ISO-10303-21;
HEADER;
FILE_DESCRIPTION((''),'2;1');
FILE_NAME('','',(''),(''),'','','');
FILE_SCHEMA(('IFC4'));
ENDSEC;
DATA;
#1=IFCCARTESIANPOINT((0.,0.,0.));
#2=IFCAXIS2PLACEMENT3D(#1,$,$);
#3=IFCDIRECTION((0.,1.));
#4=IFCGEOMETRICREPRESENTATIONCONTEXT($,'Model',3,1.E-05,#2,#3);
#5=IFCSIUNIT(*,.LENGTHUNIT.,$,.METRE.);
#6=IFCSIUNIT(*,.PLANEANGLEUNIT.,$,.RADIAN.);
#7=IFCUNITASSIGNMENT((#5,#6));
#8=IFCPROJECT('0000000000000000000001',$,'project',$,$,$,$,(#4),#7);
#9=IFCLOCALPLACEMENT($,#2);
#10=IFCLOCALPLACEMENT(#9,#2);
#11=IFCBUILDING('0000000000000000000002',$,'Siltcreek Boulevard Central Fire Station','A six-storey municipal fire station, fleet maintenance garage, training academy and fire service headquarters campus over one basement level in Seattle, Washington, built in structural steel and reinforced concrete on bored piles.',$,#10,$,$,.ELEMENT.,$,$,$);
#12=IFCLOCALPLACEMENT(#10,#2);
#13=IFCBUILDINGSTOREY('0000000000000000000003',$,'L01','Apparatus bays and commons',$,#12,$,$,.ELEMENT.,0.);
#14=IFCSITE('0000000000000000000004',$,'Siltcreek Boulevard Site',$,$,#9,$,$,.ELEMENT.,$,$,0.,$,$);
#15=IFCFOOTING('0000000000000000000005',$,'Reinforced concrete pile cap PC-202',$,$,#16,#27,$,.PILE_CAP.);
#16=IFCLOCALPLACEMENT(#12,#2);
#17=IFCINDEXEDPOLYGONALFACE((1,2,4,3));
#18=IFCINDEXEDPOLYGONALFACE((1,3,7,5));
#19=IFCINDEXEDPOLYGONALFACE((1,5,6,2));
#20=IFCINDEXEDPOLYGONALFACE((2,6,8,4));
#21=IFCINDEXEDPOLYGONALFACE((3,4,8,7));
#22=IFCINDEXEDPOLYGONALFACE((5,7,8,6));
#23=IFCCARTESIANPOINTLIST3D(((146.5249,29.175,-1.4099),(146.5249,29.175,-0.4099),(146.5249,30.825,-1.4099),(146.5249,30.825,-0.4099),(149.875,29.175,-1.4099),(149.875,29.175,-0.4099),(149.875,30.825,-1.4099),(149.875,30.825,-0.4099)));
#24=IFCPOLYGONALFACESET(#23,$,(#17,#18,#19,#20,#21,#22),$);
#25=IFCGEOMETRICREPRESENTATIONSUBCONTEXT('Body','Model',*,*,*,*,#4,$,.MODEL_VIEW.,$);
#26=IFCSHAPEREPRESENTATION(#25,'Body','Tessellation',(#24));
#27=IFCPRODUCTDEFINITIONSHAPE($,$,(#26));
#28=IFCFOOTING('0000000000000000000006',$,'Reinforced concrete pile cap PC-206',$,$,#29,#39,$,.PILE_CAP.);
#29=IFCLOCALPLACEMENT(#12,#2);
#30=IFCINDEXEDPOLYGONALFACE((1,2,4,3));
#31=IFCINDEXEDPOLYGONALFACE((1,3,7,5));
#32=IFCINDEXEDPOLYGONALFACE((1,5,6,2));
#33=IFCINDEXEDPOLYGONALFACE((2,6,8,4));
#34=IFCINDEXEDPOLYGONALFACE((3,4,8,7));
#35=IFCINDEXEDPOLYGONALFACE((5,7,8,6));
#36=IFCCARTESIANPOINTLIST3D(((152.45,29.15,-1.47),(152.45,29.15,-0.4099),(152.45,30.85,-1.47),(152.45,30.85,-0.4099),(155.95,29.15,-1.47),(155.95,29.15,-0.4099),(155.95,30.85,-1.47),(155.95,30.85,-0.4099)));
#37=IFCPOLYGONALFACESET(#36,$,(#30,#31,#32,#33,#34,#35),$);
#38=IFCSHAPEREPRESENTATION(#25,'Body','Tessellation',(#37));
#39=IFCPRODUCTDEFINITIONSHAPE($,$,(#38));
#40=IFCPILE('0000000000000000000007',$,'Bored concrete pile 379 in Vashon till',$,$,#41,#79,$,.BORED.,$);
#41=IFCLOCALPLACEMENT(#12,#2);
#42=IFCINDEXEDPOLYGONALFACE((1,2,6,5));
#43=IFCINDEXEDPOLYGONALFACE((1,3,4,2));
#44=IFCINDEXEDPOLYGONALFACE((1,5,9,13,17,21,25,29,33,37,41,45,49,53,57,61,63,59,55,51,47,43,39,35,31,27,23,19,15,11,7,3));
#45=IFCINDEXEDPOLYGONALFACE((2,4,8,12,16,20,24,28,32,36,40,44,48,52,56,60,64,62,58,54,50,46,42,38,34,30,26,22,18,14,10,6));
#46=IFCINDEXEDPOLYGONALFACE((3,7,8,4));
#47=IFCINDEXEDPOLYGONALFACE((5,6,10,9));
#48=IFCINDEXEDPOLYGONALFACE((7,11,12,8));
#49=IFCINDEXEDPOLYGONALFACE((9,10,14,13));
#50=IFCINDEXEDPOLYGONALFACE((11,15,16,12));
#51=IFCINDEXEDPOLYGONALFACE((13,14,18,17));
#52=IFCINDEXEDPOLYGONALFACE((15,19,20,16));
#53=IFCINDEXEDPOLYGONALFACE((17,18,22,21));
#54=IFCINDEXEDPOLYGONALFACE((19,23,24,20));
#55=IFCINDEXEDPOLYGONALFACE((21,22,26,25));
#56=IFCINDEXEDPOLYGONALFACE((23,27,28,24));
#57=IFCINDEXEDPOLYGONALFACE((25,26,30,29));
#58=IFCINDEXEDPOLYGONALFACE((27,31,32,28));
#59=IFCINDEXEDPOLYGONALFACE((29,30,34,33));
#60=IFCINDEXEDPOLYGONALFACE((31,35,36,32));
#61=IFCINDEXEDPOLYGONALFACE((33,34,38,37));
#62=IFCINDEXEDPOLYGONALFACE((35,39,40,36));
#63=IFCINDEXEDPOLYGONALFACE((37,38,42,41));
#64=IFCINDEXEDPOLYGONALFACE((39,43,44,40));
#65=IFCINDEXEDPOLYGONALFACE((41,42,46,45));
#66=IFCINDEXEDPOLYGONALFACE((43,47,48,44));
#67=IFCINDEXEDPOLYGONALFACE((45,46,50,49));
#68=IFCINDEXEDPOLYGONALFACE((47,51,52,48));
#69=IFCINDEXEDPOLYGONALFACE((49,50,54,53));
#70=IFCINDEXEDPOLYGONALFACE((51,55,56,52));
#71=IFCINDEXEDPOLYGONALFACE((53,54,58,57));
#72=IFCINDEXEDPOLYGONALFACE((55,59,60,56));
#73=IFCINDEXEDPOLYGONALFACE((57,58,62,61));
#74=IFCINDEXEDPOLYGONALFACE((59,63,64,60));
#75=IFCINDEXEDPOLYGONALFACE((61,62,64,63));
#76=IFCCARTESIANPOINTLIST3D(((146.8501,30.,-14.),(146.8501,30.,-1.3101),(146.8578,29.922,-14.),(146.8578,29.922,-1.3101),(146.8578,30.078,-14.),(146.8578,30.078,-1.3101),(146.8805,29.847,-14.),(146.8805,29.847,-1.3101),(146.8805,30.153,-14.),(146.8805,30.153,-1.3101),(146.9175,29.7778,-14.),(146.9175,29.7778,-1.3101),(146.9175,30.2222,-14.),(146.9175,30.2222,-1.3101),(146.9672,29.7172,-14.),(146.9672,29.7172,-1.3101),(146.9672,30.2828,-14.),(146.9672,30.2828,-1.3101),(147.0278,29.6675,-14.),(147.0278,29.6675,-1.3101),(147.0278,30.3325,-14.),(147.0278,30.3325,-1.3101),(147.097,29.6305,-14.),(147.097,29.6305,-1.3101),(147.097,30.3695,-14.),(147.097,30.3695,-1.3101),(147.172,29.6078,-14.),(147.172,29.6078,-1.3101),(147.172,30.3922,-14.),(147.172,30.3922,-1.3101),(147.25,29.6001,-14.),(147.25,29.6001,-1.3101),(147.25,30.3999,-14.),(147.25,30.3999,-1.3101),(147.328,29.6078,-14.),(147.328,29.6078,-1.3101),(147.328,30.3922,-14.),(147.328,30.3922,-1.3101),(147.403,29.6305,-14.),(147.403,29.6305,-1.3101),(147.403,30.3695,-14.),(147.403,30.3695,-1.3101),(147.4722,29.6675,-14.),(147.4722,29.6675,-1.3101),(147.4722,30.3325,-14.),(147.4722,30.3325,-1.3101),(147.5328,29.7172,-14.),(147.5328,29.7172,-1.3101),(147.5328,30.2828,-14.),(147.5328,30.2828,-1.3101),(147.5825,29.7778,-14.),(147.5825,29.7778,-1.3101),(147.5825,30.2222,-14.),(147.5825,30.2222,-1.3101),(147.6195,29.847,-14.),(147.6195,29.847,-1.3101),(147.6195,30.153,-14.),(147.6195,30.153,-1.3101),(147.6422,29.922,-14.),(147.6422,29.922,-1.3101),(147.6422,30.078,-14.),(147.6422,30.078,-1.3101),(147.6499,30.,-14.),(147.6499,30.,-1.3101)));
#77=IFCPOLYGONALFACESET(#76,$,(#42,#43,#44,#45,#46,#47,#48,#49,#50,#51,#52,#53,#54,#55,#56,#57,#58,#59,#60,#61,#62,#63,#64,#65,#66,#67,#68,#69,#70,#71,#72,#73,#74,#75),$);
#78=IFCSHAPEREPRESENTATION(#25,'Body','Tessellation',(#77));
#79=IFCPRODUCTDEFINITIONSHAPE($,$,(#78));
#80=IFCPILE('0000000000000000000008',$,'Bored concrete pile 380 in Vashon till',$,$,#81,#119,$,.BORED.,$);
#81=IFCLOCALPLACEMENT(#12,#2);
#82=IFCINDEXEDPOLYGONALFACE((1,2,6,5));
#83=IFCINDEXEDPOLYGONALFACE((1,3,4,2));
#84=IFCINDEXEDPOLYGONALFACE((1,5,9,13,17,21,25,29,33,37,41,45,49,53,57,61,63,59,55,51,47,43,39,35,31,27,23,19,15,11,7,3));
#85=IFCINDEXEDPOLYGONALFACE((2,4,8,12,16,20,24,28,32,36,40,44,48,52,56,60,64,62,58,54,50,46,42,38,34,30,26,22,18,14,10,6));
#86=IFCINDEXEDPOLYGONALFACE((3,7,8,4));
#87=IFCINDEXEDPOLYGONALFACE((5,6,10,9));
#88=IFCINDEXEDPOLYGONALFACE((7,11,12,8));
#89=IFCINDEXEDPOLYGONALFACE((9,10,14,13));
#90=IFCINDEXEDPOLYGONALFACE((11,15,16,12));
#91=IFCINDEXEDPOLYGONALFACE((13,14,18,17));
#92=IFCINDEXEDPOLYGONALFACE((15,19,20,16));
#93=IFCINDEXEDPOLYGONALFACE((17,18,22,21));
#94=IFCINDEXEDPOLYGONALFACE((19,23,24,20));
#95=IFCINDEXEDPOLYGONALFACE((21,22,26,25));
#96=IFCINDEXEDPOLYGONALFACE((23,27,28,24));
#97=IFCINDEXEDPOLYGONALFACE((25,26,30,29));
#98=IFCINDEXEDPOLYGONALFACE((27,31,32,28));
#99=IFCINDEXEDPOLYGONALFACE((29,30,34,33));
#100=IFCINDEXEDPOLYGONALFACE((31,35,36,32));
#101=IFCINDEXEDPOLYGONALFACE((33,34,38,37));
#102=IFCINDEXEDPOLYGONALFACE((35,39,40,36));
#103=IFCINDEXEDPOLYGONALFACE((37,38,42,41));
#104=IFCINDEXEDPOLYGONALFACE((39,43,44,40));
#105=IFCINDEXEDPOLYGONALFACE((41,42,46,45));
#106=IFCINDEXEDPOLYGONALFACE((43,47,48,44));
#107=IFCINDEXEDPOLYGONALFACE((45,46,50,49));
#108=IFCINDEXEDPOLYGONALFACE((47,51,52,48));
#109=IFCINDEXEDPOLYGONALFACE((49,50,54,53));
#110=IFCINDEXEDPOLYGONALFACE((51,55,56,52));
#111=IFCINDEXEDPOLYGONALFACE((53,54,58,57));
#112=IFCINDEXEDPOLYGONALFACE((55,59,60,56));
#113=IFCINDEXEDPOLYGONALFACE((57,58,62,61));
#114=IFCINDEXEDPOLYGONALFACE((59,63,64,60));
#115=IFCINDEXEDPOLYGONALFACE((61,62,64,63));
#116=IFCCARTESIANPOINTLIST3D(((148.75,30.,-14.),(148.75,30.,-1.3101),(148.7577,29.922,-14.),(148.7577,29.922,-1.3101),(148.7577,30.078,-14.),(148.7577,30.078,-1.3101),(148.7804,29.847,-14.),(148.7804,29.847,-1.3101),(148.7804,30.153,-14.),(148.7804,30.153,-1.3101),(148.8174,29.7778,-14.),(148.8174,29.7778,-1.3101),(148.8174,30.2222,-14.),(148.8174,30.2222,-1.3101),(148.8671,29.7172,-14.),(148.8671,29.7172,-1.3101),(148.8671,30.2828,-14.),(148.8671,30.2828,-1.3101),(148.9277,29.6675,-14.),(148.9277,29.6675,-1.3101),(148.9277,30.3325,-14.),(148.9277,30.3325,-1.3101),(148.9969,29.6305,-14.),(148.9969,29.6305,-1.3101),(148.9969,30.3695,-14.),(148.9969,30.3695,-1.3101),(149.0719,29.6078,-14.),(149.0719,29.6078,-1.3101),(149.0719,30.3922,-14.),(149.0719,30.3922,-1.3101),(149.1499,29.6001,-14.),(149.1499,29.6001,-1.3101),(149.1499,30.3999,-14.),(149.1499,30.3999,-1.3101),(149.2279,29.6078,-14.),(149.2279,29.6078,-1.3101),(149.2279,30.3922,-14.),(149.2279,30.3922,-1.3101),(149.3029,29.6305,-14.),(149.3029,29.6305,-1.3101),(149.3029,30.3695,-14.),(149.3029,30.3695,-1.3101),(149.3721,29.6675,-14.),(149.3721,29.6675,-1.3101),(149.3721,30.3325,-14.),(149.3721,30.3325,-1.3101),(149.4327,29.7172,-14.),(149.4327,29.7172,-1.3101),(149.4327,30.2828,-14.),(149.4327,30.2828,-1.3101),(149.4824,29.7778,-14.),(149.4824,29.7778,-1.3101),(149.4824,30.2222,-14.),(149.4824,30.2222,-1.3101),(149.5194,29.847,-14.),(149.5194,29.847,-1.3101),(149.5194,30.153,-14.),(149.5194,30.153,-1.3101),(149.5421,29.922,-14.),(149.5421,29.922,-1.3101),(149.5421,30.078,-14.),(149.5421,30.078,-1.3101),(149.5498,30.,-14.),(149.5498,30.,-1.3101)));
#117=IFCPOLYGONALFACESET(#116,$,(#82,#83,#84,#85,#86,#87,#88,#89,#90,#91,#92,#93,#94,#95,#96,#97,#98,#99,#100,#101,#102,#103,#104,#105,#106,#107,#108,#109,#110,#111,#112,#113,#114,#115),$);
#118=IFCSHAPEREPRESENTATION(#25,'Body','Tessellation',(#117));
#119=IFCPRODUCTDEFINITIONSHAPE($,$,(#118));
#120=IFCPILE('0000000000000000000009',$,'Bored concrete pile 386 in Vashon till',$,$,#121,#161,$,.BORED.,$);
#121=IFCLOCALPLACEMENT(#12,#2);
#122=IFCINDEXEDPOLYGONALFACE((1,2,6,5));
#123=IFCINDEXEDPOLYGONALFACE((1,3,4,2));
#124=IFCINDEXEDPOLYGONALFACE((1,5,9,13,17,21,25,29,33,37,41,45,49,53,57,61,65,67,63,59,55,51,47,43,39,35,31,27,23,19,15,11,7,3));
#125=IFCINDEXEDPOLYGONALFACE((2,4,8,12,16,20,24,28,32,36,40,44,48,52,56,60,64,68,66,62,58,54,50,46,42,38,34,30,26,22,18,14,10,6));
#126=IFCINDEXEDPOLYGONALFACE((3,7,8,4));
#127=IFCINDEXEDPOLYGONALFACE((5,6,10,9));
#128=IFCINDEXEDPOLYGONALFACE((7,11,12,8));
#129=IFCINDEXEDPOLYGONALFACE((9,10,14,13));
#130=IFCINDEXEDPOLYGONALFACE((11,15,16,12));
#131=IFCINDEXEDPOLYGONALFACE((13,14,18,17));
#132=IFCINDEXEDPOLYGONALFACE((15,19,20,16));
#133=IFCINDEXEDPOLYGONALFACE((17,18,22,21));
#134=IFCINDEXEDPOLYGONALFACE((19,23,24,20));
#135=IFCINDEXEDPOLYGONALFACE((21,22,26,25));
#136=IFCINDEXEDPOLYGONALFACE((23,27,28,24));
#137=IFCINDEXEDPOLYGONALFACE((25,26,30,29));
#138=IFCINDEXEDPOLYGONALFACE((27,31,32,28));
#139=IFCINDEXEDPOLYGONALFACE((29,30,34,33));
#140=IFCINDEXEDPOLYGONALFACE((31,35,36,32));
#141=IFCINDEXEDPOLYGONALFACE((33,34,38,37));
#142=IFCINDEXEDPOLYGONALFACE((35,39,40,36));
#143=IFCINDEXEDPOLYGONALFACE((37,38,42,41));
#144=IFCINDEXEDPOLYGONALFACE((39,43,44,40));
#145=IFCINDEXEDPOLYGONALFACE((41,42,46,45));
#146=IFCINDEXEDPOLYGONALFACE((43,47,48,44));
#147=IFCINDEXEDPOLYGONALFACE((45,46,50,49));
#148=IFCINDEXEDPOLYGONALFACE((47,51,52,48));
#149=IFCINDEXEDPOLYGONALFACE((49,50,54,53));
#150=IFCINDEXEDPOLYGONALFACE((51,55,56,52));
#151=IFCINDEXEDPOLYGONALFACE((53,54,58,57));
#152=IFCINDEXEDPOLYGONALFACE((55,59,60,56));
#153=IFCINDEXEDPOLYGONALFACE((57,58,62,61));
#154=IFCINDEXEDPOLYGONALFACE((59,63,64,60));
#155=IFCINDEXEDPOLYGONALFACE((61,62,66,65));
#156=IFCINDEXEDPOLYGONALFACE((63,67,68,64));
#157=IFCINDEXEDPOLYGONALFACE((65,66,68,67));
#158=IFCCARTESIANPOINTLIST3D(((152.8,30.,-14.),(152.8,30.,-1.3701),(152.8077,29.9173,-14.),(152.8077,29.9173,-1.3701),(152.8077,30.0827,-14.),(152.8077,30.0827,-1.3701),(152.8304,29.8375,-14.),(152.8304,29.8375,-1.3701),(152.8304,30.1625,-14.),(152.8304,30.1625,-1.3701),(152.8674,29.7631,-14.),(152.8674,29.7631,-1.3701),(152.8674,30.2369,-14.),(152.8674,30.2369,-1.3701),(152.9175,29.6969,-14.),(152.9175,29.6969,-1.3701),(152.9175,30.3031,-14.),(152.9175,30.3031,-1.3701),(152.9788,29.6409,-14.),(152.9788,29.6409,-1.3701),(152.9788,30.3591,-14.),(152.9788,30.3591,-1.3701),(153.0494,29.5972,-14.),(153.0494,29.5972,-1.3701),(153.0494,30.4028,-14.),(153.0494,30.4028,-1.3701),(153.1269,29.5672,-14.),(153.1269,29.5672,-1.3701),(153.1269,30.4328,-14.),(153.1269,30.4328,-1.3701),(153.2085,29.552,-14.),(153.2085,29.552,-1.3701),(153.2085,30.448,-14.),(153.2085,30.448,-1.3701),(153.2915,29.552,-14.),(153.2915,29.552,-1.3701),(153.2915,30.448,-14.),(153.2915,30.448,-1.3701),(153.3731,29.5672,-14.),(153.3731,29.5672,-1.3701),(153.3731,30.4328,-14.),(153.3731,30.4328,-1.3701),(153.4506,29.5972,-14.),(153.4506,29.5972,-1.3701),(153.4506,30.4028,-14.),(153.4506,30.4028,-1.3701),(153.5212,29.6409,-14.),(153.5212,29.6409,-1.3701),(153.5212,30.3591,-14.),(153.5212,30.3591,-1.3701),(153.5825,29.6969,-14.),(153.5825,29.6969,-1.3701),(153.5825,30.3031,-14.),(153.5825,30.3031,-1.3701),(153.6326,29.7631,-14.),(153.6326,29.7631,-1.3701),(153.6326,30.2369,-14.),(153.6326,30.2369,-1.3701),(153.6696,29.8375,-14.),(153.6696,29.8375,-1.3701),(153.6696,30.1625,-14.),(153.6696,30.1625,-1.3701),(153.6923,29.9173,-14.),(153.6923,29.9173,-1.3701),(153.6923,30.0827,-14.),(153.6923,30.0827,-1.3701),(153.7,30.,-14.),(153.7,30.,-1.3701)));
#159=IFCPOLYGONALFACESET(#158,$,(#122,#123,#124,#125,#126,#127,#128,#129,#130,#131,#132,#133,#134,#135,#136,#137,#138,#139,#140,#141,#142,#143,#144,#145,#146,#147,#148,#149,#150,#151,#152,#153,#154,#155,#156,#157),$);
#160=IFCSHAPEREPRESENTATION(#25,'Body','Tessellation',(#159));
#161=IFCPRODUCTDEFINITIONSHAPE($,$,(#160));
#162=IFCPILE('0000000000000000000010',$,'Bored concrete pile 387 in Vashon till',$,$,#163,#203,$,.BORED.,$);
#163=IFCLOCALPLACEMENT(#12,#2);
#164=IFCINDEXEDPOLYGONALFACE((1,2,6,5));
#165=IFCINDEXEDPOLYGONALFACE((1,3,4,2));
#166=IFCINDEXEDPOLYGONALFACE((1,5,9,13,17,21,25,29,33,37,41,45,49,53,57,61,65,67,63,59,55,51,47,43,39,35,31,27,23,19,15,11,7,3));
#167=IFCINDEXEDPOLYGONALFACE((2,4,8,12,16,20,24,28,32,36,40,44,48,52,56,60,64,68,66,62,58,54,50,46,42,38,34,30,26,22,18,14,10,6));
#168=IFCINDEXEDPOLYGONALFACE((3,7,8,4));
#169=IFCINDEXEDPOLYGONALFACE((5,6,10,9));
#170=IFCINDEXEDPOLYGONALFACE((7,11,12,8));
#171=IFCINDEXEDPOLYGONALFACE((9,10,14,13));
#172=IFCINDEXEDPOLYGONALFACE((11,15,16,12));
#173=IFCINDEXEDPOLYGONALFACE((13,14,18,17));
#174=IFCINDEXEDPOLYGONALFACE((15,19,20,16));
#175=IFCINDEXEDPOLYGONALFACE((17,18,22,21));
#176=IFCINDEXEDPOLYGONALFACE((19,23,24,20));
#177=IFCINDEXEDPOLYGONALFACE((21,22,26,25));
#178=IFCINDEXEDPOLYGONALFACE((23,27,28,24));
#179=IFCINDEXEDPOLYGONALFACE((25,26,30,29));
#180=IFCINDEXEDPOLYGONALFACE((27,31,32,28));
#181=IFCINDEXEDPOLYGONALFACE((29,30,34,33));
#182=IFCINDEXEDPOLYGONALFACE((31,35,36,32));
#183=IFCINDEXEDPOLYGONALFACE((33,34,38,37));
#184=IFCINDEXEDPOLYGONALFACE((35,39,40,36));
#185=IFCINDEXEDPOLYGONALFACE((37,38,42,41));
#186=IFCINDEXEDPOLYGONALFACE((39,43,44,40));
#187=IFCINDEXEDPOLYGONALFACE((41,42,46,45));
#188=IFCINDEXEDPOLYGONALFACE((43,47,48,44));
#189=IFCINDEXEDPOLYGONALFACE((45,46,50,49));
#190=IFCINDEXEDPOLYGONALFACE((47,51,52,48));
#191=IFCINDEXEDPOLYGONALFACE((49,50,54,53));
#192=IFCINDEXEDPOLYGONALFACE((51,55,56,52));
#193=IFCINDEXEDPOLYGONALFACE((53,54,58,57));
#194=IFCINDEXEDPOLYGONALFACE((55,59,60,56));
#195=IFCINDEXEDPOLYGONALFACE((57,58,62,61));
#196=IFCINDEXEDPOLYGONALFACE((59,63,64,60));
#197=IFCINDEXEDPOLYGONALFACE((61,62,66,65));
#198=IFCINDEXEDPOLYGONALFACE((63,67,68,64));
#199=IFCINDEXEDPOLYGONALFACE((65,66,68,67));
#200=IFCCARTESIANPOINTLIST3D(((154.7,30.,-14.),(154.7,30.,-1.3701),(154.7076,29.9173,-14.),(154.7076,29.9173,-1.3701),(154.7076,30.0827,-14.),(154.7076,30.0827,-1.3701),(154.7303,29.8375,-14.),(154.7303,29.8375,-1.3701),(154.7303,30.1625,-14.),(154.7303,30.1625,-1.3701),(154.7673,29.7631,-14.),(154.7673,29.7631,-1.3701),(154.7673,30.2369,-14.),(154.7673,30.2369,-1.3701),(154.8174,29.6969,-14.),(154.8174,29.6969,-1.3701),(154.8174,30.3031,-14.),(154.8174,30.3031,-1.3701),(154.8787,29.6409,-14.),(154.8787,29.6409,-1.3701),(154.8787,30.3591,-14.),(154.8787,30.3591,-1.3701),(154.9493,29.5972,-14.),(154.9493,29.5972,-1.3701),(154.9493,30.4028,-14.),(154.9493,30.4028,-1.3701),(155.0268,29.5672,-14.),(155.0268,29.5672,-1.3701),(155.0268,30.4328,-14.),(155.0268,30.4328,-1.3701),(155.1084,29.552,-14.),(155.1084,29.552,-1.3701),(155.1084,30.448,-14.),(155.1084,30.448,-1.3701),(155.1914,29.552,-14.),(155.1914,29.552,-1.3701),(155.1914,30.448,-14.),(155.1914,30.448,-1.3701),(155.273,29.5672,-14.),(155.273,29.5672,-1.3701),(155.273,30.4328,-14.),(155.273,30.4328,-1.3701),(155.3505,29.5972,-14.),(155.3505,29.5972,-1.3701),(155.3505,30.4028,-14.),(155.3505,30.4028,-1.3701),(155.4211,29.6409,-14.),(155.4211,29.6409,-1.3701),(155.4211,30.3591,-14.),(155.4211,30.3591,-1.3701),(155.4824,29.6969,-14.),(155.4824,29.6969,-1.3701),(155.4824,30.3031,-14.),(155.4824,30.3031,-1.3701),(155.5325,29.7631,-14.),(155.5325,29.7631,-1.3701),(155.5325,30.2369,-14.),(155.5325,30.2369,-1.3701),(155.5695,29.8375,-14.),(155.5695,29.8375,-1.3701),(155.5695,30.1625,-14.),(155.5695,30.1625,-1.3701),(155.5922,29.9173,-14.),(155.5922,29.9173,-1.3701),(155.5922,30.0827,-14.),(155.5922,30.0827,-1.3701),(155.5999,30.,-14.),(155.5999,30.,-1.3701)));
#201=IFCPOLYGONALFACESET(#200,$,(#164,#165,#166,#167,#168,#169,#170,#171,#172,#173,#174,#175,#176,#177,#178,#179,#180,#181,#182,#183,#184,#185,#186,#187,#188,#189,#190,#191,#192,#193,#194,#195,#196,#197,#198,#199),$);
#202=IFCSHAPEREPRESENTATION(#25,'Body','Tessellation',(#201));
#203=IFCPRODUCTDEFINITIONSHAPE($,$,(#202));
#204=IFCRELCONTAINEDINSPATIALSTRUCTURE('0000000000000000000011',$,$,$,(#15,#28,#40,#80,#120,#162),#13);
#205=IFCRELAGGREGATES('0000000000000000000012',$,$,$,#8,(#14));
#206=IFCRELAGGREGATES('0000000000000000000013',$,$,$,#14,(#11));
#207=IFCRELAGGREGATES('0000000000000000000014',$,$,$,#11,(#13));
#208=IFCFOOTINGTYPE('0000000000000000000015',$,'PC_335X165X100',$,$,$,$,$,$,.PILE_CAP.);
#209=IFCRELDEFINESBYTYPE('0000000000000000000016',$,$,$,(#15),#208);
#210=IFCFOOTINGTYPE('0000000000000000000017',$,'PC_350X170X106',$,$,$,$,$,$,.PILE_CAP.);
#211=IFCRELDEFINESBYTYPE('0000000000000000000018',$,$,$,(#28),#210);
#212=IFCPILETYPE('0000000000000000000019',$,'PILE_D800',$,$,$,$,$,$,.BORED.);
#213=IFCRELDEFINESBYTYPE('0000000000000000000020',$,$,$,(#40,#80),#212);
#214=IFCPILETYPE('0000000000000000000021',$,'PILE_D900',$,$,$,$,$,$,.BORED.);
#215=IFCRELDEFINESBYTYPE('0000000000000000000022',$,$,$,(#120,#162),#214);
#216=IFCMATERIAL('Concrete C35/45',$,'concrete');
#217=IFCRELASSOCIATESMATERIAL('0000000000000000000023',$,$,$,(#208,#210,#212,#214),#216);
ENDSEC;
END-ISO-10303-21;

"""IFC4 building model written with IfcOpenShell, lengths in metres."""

from ifc_helpers import new_model, si_unit, direction, frame, origin, origin_2d, place, context, subcontext, project, spatial, rectangle, circle, extrude, material, material_profile, profile_set, type_object, element, save


model = new_model("IFC4")

# Units and contexts
model_context = context("Model", 3, precision=1e-05, world=origin(), true_north=direction((0.0, 1.0)))
body_context = subcontext(model_context, "Body", "Model", "MODEL_VIEW")
ifc_project = project(units=[si_unit("LENGTHUNIT", "METRE"), si_unit("PLANEANGLEUNIT", "RADIAN")], contexts=[model_context])

# Site, building, storey
site_placement = place(None, origin())
site = spatial("IfcSite", under=ifc_project, at=site_placement, Name="Siltcreek Boulevard Site", CompositionType="ELEMENT", RefElevation=0.0)
building_placement = place(site_placement, origin())
building = spatial("IfcBuilding", under=site, at=building_placement, Name="Siltcreek Boulevard Central Fire Station", Description="A six-storey municipal fire station, fleet maintenance garage, training academy and fire service headquarters campus over one basement level in Seattle, Washington, built in structural steel and reinforced concrete on bored piles.", CompositionType="ELEMENT")
storey_placement = place(building_placement, origin())
storey = spatial("IfcBuildingStorey", under=building, at=storey_placement, Name="L01", Description="Apparatus bays and commons", CompositionType="ELEMENT", Elevation=0.0)

# Footings
ifc_material_1 = material(Name="Concrete C35/45", Category="concrete")
footing_type_1 = type_object("IfcFootingType", Name="PC_335X165X100", PredefinedType="PILE_CAP", material=ifc_material_1)
footing_1_placement = place(storey_placement, frame((148.2, 30.0, -1.4099), z_axis=(0.0, 0.0, 1.0), x_axis=(1.0, 0.0, 0.0)))
element("IfcFooting", 1, at=footing_1_placement, inside=storey, type_object=footing_type_1, Name="Reinforced concrete pile cap PC-202", PredefinedType="PILE_CAP", context=body_context, shape_type="SweptSolid", body=[
    extrude(rectangle(XDim=3.3501, YDim=1.6499, at=origin_2d()), origin(), (0.0, 0.0, 1.0), 1.0),
])
footing_type_2 = type_object("IfcFootingType", Name="PC_350X170X106", PredefinedType="PILE_CAP", material=ifc_material_1)
footing_2_placement = place(storey_placement, frame((154.2, 30.0, -1.47), z_axis=(0.0, 0.0, 1.0), x_axis=(1.0, 0.0, 0.0)))
element("IfcFooting", 2, at=footing_2_placement, inside=storey, type_object=footing_type_2, Name="Reinforced concrete pile cap PC-206", PredefinedType="PILE_CAP", context=body_context, shape_type="SweptSolid", body=[
    extrude(rectangle(XDim=3.5, YDim=1.7, at=origin_2d()), origin(), (0.0, 0.0, 1.0), 1.0601),
])

# Piles
ifc_material_profile_1 = material_profile(ifc_material_1, circle(Radius=0.3999, at=origin_2d()), Name="SHAFT800")
ifc_profile_set_1 = profile_set([ifc_material_profile_1], Name="Concrete C35/45")
pile_type_1 = type_object("IfcPileType", Name="PILE_D800", PredefinedType="BORED", material=ifc_profile_set_1)
for number, where, z_axis, x_axis, name in (
    (3, (147.25, 30.0, -1.3101), (0.0, 0.0, -1.0), (1.0, 0.0, 0.0), "Bored concrete pile 379 in Vashon till"),
    (4, (149.1499, 30.0, -1.3101), (0.0, 0.0, -1.0), (1.0, 0.0, 0.0), "Bored concrete pile 380 in Vashon till"),
):
    element("IfcPile", number, at=place(storey_placement, frame(where, z_axis=z_axis, x_axis=x_axis)), inside=storey, type_object=pile_type_1, Name=name, PredefinedType="BORED", context=body_context, shape_type="SweptSolid", body=[
        extrude(circle(Radius=0.3999, at=origin_2d()), origin(), (0.0, 0.0, 1.0), 12.6899),
    ])
ifc_material_profile_2 = material_profile(ifc_material_1, circle(Radius=0.45, at=origin_2d()), Name="SHAFT900")
ifc_profile_set_2 = profile_set([ifc_material_profile_2], Name="Concrete C35/45")
pile_type_2 = type_object("IfcPileType", Name="PILE_D900", PredefinedType="BORED", material=ifc_profile_set_2)
for number, where, z_axis, x_axis, name in (
    (5, (153.25, 30.0, -1.3701), (0.0, 0.0, -1.0), (1.0, 0.0, 0.0), "Bored concrete pile 386 in Vashon till"),
    (6, (155.1499, 30.0, -1.3701), (0.0, 0.0, -1.0), (1.0, 0.0, 0.0), "Bored concrete pile 387 in Vashon till"),
):
    element("IfcPile", number, at=place(storey_placement, frame(where, z_axis=z_axis, x_axis=x_axis)), inside=storey, type_object=pile_type_2, Name=name, PredefinedType="BORED", context=body_context, shape_type="SweptSolid", body=[
        extrude(circle(Radius=0.45, at=origin_2d()), origin(), (0.0, 0.0, 1.0), 12.6299),
    ])

save(model, "model.ifc")
